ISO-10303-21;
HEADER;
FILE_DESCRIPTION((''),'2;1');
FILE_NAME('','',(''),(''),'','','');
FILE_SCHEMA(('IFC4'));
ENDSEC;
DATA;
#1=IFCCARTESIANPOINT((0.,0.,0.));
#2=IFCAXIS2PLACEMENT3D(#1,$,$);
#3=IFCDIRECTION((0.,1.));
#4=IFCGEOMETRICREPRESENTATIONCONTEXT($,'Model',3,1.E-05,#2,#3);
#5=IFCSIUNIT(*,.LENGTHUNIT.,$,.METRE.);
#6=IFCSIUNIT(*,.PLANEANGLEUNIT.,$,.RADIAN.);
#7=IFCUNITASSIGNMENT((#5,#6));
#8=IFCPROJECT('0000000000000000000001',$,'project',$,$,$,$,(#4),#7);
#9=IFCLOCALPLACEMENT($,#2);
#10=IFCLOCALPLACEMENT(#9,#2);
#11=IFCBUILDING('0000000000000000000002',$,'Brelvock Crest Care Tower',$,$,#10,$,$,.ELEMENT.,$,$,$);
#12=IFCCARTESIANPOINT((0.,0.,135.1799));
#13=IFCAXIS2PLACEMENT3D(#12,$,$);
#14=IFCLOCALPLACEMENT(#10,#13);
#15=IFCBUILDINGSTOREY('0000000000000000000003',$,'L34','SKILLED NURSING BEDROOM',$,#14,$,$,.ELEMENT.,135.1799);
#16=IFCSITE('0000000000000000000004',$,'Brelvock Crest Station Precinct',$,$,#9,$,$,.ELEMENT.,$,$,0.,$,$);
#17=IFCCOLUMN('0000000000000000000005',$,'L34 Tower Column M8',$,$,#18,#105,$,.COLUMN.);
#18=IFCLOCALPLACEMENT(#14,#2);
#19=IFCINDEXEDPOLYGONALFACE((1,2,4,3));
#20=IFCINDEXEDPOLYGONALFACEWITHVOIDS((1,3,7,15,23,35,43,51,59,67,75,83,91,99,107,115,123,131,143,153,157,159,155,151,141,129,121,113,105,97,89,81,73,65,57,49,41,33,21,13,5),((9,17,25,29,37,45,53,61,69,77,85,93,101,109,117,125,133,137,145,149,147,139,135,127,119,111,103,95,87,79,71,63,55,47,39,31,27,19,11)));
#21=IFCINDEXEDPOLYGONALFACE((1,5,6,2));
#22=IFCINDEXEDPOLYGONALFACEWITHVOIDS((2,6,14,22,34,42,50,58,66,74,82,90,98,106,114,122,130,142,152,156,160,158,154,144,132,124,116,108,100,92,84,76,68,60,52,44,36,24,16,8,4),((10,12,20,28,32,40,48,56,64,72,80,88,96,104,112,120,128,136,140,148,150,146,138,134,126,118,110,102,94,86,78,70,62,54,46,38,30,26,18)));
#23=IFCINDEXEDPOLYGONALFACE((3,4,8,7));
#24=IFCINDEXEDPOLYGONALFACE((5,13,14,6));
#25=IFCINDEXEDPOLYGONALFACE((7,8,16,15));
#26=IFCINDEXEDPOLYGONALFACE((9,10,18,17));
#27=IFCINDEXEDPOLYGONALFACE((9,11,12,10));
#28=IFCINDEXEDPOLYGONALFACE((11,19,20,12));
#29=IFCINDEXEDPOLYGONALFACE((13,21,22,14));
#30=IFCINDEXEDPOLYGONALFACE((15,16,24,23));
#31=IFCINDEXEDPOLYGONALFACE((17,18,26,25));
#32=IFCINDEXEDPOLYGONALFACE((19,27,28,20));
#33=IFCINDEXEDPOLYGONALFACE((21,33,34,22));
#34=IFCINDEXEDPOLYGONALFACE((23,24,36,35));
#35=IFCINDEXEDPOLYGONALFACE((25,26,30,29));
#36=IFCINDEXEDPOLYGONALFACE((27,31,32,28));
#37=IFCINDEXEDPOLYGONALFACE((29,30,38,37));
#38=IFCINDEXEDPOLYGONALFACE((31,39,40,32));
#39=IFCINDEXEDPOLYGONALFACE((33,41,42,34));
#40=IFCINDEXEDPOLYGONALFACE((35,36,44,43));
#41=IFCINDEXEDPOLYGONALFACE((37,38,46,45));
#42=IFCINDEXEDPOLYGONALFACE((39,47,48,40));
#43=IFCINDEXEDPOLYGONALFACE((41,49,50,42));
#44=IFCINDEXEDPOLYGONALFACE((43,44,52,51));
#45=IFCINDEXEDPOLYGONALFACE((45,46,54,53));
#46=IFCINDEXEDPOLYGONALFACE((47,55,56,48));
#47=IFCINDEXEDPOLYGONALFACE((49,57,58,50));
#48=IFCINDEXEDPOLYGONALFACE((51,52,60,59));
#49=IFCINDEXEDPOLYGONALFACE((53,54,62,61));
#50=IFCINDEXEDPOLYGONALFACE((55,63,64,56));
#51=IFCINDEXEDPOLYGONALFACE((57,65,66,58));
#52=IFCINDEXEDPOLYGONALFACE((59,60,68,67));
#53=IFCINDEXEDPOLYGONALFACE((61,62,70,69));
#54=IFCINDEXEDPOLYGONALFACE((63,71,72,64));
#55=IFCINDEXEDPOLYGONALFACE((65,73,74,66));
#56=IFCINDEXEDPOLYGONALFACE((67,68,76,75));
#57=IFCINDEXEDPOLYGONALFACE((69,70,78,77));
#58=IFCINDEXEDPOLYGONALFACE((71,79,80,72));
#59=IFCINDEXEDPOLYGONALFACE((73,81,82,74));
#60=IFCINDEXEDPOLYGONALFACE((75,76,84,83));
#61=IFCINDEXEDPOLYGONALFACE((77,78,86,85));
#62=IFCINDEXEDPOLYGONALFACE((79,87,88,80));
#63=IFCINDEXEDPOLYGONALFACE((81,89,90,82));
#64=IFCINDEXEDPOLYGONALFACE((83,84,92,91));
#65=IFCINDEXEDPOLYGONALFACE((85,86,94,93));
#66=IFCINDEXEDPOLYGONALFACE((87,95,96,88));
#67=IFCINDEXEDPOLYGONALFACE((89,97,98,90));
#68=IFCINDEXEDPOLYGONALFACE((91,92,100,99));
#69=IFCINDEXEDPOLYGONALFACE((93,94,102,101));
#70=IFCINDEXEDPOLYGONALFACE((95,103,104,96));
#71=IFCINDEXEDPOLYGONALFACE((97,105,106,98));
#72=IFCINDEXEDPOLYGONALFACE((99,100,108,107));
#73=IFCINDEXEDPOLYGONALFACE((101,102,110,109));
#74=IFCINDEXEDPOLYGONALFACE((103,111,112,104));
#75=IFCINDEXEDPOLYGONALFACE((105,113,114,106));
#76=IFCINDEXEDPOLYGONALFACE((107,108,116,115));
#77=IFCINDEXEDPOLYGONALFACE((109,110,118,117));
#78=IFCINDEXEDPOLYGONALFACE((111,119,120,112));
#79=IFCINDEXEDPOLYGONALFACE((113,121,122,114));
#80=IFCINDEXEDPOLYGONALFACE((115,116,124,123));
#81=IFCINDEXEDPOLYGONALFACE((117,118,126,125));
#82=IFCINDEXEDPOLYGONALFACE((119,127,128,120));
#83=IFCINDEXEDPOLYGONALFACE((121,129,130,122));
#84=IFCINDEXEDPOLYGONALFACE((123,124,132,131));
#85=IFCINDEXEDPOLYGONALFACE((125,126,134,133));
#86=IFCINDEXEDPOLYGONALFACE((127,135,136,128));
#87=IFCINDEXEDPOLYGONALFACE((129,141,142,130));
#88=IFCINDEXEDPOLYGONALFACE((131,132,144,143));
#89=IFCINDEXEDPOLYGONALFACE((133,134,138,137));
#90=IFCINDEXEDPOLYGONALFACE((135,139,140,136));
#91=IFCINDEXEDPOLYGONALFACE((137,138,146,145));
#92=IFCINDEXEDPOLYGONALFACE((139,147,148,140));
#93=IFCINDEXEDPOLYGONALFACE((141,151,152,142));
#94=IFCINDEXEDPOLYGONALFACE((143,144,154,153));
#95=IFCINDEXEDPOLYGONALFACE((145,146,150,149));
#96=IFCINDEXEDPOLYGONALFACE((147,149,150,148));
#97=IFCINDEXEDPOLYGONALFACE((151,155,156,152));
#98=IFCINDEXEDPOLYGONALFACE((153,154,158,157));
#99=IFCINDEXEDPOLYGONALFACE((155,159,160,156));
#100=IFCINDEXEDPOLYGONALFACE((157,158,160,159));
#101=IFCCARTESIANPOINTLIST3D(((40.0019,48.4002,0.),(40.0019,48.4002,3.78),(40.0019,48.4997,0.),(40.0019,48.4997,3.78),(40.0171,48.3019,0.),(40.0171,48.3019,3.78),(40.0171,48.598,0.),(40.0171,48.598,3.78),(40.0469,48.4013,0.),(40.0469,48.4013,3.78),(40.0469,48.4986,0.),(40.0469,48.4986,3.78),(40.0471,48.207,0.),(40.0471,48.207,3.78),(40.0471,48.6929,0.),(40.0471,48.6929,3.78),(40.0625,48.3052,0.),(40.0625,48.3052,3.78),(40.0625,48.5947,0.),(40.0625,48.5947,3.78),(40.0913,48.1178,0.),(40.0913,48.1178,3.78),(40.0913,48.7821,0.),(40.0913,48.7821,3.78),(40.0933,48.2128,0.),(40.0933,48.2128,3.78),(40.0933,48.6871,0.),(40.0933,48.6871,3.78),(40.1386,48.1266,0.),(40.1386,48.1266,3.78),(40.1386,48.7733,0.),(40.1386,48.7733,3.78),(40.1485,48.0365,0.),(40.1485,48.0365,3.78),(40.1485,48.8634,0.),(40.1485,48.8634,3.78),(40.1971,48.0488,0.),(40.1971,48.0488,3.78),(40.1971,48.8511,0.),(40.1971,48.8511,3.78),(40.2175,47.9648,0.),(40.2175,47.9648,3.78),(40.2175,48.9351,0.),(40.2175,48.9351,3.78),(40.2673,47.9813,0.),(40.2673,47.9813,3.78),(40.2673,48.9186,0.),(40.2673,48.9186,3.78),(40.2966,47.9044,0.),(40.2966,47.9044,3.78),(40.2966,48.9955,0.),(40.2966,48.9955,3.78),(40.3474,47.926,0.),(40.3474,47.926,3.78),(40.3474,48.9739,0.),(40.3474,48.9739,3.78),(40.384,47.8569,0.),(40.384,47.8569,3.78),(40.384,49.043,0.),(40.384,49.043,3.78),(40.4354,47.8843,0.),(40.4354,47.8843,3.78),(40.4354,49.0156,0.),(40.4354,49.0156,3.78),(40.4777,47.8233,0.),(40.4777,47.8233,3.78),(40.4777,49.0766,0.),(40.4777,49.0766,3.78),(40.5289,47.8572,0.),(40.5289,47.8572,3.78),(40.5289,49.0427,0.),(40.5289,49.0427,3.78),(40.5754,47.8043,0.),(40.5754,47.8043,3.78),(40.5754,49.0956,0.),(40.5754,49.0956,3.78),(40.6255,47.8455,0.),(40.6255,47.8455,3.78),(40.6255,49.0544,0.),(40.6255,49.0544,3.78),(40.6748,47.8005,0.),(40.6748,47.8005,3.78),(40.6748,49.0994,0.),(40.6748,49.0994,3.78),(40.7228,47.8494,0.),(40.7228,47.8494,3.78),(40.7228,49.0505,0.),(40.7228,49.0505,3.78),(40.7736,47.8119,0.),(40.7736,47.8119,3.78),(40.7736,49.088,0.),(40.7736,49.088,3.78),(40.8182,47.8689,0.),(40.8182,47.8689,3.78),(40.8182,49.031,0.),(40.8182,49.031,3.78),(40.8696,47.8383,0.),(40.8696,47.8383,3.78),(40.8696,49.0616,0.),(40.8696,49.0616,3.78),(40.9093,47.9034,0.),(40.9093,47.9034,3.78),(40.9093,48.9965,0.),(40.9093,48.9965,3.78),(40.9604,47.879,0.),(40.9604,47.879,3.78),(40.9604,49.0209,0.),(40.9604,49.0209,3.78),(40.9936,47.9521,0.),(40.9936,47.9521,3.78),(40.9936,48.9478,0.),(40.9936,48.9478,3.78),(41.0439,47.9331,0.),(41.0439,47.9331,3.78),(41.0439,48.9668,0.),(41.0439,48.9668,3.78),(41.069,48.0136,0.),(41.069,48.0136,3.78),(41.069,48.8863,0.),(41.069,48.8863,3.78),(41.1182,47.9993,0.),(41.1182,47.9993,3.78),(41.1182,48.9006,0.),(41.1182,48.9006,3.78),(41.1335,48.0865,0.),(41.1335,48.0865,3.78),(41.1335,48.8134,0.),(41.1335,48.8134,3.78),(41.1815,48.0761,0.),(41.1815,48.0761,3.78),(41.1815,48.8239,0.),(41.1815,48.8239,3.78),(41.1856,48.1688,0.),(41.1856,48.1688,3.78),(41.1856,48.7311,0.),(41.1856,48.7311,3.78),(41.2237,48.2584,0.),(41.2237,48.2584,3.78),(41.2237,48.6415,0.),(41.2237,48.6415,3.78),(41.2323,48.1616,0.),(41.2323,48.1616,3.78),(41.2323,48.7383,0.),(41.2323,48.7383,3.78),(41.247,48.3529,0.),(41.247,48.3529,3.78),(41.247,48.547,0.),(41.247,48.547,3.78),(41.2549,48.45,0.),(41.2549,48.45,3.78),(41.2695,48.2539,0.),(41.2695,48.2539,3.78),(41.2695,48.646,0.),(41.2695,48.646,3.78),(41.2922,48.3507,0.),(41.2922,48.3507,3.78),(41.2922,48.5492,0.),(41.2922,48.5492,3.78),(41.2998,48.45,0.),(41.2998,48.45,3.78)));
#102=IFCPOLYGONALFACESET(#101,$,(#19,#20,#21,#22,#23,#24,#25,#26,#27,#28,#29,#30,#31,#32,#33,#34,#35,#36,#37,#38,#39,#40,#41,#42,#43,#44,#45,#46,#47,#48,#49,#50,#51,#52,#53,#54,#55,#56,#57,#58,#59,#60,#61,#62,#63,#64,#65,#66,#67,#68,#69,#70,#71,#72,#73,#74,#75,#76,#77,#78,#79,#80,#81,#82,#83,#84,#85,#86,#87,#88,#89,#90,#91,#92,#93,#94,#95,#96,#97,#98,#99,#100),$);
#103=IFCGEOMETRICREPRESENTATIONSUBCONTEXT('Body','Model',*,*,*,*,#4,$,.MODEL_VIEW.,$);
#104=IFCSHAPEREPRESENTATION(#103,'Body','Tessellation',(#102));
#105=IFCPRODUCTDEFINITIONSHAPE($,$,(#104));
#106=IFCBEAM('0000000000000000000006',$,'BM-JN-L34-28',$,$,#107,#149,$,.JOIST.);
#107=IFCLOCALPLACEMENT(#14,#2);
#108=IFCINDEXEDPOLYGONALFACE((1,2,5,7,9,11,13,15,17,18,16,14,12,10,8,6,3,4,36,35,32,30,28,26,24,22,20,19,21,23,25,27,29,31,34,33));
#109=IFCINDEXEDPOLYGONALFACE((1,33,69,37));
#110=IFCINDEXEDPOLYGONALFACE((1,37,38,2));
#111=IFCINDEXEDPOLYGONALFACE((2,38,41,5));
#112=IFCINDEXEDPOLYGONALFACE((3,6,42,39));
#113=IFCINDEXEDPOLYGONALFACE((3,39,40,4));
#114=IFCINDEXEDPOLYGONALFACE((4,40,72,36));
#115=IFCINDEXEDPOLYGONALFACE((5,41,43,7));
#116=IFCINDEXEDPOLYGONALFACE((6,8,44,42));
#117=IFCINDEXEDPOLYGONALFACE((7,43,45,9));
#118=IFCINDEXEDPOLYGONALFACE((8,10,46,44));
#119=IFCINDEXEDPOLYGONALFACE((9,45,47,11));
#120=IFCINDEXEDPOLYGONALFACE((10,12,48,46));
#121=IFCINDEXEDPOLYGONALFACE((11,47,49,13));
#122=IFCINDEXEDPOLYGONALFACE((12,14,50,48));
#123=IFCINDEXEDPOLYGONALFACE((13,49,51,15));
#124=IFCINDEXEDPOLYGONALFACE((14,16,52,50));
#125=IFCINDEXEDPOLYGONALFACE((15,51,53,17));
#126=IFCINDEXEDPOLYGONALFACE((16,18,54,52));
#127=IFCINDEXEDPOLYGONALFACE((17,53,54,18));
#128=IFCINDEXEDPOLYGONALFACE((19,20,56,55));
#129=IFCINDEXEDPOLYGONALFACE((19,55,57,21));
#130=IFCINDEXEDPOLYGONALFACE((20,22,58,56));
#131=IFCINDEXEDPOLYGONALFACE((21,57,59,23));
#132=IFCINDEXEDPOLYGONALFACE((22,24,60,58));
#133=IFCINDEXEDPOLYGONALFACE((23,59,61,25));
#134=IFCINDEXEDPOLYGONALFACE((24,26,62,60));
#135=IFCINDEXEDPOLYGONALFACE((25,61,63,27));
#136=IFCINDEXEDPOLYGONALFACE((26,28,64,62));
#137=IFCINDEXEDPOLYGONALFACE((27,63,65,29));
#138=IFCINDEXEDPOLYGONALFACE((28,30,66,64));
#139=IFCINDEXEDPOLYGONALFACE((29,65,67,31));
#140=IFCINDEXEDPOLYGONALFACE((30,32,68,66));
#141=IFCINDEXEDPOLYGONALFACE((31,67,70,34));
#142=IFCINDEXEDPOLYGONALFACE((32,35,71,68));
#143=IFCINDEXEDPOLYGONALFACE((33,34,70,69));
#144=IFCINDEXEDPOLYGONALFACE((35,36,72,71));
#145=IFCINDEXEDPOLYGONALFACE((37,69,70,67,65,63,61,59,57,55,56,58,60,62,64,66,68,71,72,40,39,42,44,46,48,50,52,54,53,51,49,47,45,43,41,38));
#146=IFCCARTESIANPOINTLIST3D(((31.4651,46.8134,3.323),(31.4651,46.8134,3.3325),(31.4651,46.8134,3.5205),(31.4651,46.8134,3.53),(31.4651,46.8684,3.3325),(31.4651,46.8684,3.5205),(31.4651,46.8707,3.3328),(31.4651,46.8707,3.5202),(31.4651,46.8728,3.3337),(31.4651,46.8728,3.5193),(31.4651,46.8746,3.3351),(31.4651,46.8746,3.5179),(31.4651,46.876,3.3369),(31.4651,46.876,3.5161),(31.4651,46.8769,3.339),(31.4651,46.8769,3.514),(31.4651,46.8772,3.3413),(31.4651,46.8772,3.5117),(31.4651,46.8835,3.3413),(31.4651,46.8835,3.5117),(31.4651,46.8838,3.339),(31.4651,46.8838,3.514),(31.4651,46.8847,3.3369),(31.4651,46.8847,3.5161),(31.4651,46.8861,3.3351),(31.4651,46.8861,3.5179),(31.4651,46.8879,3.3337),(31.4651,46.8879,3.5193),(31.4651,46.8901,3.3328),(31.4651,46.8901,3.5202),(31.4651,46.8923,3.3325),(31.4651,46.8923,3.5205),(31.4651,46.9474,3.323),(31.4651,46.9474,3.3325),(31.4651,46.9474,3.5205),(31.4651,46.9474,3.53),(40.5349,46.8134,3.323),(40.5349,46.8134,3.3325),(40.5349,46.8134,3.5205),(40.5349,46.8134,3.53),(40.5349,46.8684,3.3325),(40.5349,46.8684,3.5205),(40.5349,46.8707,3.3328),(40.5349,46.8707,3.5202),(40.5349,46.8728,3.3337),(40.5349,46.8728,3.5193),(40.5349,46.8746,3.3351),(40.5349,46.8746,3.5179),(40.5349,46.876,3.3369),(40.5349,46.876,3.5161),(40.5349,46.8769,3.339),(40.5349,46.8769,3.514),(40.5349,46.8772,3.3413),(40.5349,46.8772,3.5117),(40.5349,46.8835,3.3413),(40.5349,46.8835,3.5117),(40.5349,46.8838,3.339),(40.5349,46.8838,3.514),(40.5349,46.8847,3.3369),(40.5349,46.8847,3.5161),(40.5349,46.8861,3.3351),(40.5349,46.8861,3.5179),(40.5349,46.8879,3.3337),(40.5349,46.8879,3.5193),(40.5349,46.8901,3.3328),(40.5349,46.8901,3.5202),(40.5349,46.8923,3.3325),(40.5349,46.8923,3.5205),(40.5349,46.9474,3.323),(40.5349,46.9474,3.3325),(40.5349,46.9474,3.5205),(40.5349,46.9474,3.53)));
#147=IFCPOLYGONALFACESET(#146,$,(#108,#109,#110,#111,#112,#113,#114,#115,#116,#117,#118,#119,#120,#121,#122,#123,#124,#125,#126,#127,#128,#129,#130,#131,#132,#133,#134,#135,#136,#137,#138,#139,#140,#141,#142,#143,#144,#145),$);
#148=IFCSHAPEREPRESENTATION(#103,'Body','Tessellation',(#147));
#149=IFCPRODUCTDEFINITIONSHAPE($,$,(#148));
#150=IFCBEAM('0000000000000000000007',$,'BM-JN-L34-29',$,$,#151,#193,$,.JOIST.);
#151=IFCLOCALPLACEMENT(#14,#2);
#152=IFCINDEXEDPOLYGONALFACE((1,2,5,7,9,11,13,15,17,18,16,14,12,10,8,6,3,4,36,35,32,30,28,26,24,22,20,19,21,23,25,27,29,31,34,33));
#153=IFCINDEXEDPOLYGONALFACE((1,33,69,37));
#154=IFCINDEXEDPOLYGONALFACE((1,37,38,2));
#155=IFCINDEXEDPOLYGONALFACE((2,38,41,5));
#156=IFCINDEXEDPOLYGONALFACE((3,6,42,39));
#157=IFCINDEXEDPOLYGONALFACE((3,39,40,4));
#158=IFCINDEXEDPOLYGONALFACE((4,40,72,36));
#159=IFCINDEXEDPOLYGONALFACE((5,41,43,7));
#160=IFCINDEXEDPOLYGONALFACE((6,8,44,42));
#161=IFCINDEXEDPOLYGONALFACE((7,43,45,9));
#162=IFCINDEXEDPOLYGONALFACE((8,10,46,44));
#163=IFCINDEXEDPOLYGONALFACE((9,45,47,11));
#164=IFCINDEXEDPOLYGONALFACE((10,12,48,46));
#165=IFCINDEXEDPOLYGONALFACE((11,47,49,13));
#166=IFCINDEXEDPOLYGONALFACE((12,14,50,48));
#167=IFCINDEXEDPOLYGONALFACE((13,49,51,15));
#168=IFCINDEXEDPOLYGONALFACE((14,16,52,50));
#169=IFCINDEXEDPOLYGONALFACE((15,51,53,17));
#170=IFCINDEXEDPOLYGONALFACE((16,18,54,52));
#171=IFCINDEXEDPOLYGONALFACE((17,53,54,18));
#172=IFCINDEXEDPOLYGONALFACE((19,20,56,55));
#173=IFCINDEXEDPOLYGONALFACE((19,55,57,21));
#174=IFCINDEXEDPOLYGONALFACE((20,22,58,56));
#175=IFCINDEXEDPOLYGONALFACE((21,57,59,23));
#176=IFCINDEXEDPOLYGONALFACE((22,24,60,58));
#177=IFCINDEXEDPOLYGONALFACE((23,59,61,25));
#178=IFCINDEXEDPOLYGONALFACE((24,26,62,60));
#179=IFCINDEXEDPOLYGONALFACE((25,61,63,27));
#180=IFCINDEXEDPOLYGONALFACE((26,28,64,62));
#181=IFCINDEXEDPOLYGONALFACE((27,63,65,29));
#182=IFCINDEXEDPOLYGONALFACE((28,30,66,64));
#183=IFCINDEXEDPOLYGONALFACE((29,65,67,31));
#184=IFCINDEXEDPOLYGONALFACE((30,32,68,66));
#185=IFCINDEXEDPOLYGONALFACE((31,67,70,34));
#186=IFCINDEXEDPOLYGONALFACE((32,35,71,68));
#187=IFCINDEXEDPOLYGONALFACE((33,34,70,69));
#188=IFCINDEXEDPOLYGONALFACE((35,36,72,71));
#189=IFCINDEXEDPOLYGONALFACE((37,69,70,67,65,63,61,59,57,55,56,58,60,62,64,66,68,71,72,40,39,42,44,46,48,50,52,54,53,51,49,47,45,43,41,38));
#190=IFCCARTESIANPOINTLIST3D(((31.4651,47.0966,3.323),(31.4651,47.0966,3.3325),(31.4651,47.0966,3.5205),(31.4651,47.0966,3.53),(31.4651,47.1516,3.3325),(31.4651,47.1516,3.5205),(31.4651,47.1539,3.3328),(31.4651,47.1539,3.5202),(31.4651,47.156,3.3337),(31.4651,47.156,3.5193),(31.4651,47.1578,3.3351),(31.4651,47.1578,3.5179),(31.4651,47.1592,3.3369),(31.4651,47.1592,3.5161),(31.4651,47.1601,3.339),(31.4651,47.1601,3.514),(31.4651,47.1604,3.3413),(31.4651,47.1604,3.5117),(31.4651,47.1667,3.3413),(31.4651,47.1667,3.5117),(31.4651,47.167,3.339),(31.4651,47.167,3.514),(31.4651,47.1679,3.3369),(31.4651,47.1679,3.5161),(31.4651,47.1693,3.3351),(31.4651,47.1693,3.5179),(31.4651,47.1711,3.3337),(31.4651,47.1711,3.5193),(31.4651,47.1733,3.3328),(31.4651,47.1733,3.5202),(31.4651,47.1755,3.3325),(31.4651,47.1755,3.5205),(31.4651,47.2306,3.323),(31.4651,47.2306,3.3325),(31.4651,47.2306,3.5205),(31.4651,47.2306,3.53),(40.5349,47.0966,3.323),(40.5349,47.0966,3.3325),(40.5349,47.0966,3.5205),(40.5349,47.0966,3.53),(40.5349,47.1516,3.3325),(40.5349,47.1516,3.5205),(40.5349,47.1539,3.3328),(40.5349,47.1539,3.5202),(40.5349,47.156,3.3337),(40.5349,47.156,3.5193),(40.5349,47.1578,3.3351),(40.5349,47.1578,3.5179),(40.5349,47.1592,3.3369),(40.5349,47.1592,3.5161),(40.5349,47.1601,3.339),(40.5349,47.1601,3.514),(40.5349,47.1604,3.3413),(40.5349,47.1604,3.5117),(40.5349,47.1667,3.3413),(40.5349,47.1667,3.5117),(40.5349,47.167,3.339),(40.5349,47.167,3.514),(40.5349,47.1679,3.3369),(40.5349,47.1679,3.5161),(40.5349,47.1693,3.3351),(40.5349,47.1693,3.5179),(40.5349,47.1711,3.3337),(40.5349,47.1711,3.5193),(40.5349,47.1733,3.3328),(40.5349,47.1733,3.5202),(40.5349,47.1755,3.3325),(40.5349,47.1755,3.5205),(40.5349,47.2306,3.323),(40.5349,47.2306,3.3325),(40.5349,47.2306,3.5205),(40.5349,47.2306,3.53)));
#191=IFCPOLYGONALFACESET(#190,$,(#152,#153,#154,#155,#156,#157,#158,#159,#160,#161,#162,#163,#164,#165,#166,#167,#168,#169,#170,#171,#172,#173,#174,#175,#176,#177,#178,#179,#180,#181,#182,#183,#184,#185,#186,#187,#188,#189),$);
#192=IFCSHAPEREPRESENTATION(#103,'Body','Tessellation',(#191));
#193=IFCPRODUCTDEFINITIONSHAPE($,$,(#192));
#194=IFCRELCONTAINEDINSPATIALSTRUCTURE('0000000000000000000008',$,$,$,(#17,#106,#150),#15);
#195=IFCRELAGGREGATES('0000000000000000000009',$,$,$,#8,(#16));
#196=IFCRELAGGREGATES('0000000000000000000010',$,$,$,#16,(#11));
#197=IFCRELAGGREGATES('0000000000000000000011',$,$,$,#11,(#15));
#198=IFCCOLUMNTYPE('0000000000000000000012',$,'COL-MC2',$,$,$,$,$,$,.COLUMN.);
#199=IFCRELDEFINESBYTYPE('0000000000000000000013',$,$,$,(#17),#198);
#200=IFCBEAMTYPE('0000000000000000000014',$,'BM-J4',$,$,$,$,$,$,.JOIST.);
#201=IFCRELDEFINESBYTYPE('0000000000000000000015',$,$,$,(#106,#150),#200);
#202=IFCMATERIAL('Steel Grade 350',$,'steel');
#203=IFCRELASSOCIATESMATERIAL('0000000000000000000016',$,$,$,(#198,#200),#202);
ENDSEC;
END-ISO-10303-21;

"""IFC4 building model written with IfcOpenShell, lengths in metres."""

from ifc_helpers import new_model, si_unit, direction, frame, origin, origin_2d, place, context, subcontext, project, spatial, hollow_circle, i_section, extrude, source, transform, mapped, material, material_profile, profile_set, type_object, element, save


model = new_model("IFC4")

# Units and contexts
model_context = context("Model", 3, precision=1e-05, world=origin(), true_north=direction((0.0, 1.0)))
body_context = subcontext(model_context, "Body", "Model", "MODEL_VIEW")
ifc_project = project(units=[si_unit("LENGTHUNIT", "METRE"), si_unit("PLANEANGLEUNIT", "RADIAN")], contexts=[model_context])

# Site, building, storey
site_placement = place(None, origin())
site = spatial("IfcSite", under=ifc_project, at=site_placement, Name="Brelvock Crest Station Precinct", CompositionType="ELEMENT", RefElevation=0.0)
building_placement = place(site_placement, origin())
building = spatial("IfcBuilding", under=site, at=building_placement, Name="Brelvock Crest Care Tower", CompositionType="ELEMENT")
storey_placement = place(building_placement, frame((0.0, 0.0, 135.1799)))
storey = spatial("IfcBuildingStorey", under=building, at=storey_placement, Name="L34", Description="SKILLED NURSING BEDROOM", CompositionType="ELEMENT", Elevation=135.1799)

# Column
ifc_material_1 = material(Name="Steel Grade 350", Category="steel")
ifc_material_profile_1 = material_profile(ifc_material_1, hollow_circle(Radius=0.6499, WallThickness=0.0449, at=origin_2d()), Name="CFT1300x45")
ifc_profile_set_1 = profile_set([ifc_material_profile_1], Name="Steel Grade 350")
column_type = type_object("IfcColumnType", Name="COL-MC2", PredefinedType="COLUMN", material=ifc_profile_set_1)
shared_shape_1 = source(origin(), body_context, "Body", "SweptSolid", [
    extrude(hollow_circle(Radius=0.6499, WallThickness=0.0449, at=origin_2d()), origin(), (0.0, 0.0, 1.0), 3.78),
])
column_placement = place(storey_placement, frame((40.6499, 48.45, 0.0), z_axis=(0.0, 0.0, 1.0), x_axis=(1.0, 0.0, 0.0)))
element("IfcColumn", 1, at=column_placement, inside=storey, type_object=column_type, Name="L34 Tower Column M8", PredefinedType="COLUMN", context=body_context, shape_type="MappedRepresentation", body=[
    mapped(shared_shape_1, transform((0.0, 0.0, 0.0), x_axis=(1.0, 0.0, 0.0), y_axis=(0.0, 1.0, 0.0), z_axis=(0.0, 0.0, 1.0), scale=1.0)),
])

# Beams
ifc_material_profile_2 = material_profile(ifc_material_1, i_section(OverallWidth=0.134, OverallDepth=0.207, WebThickness=0.0063, FlangeThickness=0.0095, FilletRadius=0.0088, at=origin_2d()), Name="200UB29.8")
ifc_profile_set_2 = profile_set([ifc_material_profile_2], Name="Steel Grade 350")
beam_type_1 = type_object("IfcBeamType", Name="BM-J4", PredefinedType="JOIST", material=ifc_profile_set_2)
shared_shape_2 = source(origin(), body_context, "Body", "SweptSolid", [
    extrude(i_section(OverallWidth=0.134, OverallDepth=0.207, WebThickness=0.0063, FlangeThickness=0.0095, FilletRadius=0.0088, at=origin_2d()), origin(), (0.0, 0.0, 1.0), 9.0698),
])
for number, where, z_axis, x_axis, name in (
    (2, (31.4651, 46.8804, 3.4265), (1.0, 0.0, 0.0), (0.0, 1.0, 0.0), "BM-JN-L34-28"),
    (3, (31.4651, 47.1636, 3.4265), (1.0, 0.0, 0.0), (0.0, 1.0, 0.0), "BM-JN-L34-29"),
):
    element("IfcBeam", number, at=place(storey_placement, frame(where, z_axis=z_axis, x_axis=x_axis)), inside=storey, type_object=beam_type_1, Name=name, PredefinedType="JOIST", context=body_context, shape_type="MappedRepresentation", body=[
        mapped(shared_shape_2, transform((0.0, 0.0, 0.0), x_axis=(1.0, 0.0, 0.0), y_axis=(0.0, 1.0, 0.0), z_axis=(0.0, 0.0, 1.0), scale=1.0)),
    ])

save(model, "model.ifc")
